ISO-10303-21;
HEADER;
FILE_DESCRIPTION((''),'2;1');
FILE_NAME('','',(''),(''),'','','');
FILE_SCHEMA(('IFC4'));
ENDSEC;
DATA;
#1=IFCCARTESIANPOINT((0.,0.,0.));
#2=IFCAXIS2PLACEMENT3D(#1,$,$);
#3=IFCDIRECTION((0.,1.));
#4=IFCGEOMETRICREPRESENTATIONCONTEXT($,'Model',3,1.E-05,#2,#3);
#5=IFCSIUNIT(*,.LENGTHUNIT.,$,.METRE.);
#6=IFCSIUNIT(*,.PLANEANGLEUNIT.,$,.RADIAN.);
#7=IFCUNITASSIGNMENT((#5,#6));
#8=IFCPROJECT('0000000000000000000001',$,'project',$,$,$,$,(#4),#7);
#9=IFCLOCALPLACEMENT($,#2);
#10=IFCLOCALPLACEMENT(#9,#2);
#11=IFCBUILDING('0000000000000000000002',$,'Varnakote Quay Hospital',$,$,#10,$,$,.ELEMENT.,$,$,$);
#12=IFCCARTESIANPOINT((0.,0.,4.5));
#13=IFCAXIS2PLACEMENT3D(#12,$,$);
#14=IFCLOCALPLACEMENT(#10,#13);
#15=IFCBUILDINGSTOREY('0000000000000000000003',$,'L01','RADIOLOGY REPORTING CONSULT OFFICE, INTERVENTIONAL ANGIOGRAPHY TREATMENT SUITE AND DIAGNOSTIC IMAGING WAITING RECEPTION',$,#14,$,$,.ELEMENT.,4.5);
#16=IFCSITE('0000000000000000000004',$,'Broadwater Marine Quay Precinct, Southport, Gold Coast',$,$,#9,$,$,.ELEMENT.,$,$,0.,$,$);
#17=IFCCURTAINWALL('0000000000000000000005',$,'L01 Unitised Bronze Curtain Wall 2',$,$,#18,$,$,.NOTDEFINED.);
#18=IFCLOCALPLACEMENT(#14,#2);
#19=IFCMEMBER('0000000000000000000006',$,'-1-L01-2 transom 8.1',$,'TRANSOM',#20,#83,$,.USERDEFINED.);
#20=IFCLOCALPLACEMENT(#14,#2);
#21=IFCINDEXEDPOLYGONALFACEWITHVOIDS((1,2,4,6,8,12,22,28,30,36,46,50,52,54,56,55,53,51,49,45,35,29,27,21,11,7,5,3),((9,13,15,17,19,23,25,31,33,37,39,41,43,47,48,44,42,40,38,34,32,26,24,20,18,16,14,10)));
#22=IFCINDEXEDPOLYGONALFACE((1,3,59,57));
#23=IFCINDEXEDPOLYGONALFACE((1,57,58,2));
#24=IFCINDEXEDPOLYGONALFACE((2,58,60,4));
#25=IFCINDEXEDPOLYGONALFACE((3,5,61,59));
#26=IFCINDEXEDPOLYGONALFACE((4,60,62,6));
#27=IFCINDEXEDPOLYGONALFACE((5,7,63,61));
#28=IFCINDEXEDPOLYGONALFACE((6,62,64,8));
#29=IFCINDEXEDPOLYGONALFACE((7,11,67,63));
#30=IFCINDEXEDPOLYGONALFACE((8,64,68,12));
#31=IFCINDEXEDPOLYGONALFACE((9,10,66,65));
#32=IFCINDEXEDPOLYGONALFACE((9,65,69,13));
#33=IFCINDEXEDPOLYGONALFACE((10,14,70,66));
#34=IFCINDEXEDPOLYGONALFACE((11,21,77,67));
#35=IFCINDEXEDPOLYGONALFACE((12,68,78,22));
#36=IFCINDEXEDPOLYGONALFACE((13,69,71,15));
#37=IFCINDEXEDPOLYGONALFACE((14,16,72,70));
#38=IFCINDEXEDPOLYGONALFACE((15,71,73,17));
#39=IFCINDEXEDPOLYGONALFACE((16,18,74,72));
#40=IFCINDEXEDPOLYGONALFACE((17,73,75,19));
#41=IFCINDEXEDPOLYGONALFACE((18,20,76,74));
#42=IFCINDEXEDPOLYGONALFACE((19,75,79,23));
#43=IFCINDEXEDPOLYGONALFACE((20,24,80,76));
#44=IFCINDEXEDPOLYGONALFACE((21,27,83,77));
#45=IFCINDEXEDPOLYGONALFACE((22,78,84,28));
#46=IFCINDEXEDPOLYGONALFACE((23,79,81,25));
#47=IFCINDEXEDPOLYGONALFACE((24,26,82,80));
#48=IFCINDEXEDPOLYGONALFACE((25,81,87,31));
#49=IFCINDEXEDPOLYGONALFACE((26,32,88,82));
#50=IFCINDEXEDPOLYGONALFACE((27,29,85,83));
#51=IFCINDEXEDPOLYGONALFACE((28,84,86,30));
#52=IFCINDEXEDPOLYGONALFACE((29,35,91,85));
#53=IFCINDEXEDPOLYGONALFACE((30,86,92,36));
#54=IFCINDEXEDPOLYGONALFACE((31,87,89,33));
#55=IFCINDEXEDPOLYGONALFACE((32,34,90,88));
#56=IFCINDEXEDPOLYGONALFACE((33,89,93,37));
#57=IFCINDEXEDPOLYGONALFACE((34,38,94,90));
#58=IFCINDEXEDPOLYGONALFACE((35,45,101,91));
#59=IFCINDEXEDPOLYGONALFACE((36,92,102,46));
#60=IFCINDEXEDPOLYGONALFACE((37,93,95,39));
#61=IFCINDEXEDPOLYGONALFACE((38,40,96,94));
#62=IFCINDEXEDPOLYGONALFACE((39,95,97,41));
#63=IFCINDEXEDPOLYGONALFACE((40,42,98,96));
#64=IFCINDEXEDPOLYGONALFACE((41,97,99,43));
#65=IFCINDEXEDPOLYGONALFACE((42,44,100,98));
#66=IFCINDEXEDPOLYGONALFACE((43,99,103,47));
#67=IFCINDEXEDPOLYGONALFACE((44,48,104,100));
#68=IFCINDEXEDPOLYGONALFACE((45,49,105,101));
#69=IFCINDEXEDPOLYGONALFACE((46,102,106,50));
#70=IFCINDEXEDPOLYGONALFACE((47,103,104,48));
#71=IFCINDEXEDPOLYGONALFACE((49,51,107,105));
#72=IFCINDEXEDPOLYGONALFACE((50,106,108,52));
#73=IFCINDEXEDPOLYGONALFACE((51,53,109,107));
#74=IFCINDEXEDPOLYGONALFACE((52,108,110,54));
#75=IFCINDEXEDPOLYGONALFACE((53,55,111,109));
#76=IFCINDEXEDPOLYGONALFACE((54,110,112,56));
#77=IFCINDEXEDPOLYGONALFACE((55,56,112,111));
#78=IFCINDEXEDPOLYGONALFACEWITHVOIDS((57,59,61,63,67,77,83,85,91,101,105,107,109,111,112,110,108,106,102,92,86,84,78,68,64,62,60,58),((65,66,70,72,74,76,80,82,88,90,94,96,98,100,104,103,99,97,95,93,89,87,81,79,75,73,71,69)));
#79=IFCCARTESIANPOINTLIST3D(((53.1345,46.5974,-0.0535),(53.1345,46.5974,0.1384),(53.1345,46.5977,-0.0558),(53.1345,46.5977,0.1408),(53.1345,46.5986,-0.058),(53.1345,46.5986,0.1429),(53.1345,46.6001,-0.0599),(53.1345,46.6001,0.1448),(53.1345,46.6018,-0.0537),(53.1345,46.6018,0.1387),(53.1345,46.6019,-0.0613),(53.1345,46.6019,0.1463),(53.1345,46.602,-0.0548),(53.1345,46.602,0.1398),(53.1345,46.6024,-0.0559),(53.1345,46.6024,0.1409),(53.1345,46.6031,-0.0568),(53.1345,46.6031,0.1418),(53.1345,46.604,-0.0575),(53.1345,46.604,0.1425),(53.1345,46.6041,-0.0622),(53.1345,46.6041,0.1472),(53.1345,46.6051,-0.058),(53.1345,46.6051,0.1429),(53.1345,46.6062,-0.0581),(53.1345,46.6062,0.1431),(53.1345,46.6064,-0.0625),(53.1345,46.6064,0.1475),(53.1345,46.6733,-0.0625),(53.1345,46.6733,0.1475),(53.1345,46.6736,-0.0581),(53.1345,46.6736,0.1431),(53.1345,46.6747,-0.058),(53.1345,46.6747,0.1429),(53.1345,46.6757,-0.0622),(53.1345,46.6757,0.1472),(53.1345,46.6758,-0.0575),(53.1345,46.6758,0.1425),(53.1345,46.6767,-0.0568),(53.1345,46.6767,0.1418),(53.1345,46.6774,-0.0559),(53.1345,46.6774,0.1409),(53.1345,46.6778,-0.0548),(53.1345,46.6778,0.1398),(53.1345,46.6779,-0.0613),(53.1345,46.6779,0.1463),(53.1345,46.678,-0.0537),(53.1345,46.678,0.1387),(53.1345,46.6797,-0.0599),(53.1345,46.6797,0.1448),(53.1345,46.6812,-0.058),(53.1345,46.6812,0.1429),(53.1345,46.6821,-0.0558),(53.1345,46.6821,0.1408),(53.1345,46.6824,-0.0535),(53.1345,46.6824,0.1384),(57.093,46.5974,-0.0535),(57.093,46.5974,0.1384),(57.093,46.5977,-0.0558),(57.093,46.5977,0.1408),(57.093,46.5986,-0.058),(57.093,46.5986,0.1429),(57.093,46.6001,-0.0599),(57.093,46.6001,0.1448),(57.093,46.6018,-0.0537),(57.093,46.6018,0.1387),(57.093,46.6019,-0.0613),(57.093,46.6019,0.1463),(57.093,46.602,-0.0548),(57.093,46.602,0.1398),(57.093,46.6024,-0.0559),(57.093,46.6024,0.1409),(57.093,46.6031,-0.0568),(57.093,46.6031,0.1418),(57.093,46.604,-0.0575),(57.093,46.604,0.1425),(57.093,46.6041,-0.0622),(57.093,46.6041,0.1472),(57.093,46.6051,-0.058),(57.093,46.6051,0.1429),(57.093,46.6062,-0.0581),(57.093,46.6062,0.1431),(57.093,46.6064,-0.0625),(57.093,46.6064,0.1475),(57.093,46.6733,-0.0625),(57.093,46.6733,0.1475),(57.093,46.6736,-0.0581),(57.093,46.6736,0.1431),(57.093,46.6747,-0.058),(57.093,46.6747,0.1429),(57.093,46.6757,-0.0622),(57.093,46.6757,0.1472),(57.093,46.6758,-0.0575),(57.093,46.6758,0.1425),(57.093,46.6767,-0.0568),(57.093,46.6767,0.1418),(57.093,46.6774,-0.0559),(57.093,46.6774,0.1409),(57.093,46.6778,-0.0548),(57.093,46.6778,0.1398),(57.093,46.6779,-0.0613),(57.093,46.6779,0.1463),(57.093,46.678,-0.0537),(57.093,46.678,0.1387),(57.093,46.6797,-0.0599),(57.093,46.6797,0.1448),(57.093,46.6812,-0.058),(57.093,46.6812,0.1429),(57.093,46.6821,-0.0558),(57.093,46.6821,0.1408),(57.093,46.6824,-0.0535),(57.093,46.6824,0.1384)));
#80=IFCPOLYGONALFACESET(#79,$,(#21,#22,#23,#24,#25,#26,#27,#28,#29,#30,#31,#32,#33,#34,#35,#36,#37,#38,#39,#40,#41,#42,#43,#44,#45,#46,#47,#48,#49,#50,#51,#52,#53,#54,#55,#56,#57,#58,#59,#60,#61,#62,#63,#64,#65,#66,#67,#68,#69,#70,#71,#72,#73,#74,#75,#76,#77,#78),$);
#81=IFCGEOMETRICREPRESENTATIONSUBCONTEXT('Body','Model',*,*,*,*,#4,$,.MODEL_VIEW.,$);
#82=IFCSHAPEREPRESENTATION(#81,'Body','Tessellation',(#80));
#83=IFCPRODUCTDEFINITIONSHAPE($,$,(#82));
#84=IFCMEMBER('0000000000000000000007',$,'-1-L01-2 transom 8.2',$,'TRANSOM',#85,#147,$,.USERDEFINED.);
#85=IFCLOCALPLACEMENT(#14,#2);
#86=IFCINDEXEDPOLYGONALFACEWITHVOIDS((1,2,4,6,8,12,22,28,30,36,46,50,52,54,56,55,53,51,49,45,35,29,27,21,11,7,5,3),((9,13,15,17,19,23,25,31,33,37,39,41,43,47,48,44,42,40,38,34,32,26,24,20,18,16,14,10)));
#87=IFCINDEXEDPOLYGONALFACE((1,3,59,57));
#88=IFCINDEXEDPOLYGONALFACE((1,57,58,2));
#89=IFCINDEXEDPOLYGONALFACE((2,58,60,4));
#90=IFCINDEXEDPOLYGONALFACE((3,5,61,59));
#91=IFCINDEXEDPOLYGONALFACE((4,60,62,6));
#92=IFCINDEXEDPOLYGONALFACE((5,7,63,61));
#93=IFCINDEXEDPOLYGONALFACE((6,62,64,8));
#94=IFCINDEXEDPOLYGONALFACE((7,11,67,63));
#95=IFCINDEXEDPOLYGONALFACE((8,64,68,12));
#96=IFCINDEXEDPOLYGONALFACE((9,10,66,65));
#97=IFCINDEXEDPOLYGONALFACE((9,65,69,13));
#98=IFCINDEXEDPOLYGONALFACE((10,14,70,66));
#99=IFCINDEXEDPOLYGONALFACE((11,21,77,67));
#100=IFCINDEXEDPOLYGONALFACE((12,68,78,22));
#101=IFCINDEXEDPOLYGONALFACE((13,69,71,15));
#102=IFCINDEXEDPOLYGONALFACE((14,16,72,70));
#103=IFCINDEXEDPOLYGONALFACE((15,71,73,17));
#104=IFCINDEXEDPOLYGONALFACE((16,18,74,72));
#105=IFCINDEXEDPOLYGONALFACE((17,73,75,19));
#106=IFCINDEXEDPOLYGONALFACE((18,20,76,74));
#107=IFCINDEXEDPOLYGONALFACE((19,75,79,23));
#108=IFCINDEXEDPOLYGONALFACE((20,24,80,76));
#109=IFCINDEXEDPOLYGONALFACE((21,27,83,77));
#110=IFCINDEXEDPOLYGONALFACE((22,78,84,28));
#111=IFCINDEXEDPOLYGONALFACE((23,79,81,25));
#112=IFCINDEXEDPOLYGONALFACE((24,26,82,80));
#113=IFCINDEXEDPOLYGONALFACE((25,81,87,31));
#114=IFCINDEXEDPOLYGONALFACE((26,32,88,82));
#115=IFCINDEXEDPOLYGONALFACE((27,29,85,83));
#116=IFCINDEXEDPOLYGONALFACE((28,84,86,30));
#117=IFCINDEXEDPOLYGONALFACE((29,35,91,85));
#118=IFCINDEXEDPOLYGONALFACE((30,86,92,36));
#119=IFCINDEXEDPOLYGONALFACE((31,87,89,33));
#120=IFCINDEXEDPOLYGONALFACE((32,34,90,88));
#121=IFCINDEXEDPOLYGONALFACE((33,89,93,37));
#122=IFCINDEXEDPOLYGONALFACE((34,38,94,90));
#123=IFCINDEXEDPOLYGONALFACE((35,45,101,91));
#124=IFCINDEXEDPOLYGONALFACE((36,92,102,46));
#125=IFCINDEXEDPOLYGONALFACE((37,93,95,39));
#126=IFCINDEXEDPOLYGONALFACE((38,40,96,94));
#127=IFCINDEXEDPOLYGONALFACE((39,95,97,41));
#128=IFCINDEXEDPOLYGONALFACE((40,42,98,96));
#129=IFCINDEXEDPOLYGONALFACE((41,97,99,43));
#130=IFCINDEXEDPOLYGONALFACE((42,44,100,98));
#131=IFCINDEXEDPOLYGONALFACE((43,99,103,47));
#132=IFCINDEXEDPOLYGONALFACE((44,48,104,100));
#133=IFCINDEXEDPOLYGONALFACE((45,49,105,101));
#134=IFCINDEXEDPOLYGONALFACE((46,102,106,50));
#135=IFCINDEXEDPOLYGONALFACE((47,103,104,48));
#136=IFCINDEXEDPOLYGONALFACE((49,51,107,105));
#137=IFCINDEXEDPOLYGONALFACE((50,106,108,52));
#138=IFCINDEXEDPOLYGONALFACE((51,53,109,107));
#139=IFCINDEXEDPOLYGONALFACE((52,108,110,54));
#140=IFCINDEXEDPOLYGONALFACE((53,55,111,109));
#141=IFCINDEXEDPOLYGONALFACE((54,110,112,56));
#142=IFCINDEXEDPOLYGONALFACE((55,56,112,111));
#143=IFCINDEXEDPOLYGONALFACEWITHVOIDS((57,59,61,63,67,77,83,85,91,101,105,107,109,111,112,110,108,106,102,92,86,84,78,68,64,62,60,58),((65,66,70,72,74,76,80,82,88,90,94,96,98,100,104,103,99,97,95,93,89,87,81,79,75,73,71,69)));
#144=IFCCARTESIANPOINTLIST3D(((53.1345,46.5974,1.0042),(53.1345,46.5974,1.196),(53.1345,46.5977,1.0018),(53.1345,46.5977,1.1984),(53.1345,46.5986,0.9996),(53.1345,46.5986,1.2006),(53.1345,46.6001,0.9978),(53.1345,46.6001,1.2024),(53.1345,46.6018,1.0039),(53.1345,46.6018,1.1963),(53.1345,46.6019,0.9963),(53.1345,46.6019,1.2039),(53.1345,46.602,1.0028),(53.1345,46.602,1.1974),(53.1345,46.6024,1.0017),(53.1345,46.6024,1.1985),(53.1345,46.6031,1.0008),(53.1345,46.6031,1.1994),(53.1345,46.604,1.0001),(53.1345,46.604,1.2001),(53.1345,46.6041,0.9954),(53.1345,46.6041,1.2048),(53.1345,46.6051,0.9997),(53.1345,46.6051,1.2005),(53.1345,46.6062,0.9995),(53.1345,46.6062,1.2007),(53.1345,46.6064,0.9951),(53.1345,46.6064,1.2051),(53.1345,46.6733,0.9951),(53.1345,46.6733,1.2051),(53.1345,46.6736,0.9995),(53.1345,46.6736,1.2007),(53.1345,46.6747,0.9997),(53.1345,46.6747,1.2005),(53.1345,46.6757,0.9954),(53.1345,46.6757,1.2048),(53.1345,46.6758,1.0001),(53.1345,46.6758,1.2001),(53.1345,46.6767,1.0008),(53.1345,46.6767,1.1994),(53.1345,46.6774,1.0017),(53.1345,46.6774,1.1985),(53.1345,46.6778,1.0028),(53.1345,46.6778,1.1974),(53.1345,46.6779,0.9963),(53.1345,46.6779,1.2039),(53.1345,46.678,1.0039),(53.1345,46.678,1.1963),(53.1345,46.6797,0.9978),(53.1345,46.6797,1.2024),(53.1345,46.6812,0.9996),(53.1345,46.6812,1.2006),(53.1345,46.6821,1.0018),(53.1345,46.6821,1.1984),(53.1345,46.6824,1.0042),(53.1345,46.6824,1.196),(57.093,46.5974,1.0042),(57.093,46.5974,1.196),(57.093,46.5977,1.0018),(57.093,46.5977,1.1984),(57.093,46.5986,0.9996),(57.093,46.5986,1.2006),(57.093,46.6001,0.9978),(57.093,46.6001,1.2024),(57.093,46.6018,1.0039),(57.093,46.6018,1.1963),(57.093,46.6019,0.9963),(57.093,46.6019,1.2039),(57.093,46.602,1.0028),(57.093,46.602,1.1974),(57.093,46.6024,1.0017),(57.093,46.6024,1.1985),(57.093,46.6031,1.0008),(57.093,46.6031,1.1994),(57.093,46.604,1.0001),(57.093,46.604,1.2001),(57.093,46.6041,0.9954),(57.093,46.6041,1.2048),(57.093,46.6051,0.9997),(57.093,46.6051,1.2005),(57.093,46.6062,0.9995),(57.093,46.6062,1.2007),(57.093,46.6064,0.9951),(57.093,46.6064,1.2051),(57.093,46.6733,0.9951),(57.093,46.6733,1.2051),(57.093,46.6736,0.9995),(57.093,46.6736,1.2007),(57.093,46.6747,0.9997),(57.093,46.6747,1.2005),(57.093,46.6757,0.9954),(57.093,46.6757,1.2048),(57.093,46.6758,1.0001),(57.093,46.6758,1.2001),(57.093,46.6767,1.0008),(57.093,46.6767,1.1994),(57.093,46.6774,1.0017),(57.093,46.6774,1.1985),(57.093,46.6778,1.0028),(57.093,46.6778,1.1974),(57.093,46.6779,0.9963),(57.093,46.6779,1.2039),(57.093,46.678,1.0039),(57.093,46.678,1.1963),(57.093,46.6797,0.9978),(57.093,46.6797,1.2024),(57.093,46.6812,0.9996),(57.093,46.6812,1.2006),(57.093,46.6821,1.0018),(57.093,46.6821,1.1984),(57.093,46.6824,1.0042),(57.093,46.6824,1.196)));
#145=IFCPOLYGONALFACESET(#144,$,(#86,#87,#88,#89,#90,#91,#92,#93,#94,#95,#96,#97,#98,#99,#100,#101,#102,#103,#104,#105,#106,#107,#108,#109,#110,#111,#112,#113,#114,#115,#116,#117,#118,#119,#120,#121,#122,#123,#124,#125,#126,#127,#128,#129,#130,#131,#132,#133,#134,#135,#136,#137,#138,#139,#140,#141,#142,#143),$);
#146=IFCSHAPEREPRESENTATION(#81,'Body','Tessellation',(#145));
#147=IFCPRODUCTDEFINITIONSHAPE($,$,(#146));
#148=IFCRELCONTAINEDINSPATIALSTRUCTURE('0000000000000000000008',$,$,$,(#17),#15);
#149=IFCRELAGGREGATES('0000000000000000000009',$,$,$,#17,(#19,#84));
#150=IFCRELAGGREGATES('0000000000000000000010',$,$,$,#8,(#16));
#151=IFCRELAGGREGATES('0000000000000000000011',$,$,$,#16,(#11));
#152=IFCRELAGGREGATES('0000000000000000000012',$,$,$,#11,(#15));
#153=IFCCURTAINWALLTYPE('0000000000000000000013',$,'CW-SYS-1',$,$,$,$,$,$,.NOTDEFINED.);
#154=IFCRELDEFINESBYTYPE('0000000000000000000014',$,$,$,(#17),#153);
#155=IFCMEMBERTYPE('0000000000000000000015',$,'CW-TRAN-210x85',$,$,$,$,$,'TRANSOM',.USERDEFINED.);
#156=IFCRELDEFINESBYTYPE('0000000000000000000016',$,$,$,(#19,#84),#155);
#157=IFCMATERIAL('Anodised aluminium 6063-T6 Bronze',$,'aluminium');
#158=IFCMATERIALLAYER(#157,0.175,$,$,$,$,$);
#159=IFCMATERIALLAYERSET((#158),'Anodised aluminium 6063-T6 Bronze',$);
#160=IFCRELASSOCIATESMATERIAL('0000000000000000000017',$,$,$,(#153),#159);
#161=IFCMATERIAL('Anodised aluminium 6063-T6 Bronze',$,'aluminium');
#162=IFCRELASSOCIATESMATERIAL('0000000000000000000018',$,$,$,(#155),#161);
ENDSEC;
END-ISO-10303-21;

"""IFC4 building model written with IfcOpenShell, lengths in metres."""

from ifc_helpers import new_model, si_unit, direction, frame, origin, origin_2d, place, context, subcontext, project, spatial, hollow_rectangle, extrude, material, layer, layer_set, material_profile, profile_set, type_object, element, aggregate, save


model = new_model("IFC4")

# Units and contexts
model_context = context("Model", 3, precision=1e-05, world=origin(), true_north=direction((0.0, 1.0)))
body_context = subcontext(model_context, "Body", "Model", "MODEL_VIEW")
ifc_project = project(units=[si_unit("LENGTHUNIT", "METRE"), si_unit("PLANEANGLEUNIT", "RADIAN")], contexts=[model_context])

# Site, building, storey
site_placement = place(None, origin())
site = spatial("IfcSite", under=ifc_project, at=site_placement, Name="Broadwater Marine Quay Precinct, Southport, Gold Coast", CompositionType="ELEMENT", RefElevation=0.0)
building_placement = place(site_placement, origin())
building = spatial("IfcBuilding", under=site, at=building_placement, Name="Varnakote Quay Hospital", CompositionType="ELEMENT")
storey_placement = place(building_placement, frame((0.0, 0.0, 4.5)))
storey = spatial("IfcBuildingStorey", under=building, at=storey_placement, Name="L01", Description="RADIOLOGY REPORTING CONSULT OFFICE, INTERVENTIONAL ANGIOGRAPHY TREATMENT SUITE AND DIAGNOSTIC IMAGING WAITING RECEPTION", CompositionType="ELEMENT", Elevation=4.5)

# Curtain wall, members
ifc_material_1 = material(Name="Anodised aluminium 6063-T6 Bronze", Category="aluminium")
ifc_layer_1 = layer(ifc_material_1, 0.175)
ifc_layer_set_1 = layer_set([ifc_layer_1], Name="Anodised aluminium 6063-T6 Bronze")
curtain_wall_type = type_object("IfcCurtainWallType", Name="CW-SYS-1", PredefinedType="NOTDEFINED", material=ifc_layer_set_1)
curtain_wall_placement = place(storey_placement, origin())
curtain_wall = element("IfcCurtainWall", 1, at=curtain_wall_placement, inside=storey, type_object=curtain_wall_type, Name="L01 Unitised Bronze Curtain Wall 2", PredefinedType="NOTDEFINED")
ifc_material_2 = material(Name="Anodised aluminium 6063-T6 Bronze", Category="aluminium")
ifc_material_profile_1 = material_profile(ifc_material_2, hollow_rectangle(XDim=0.085, YDim=0.21, WallThickness=0.0044, InnerFilletRadius=0.0044, OuterFilletRadius=0.009, at=origin_2d()), Name="CW-TRAN-210x85")
ifc_profile_set_1 = profile_set([ifc_material_profile_1], Name="Anodised aluminium 6063-T6 Bronze")
member_type_1 = type_object("IfcMemberType", Name="CW-TRAN-210x85", ElementType="TRANSOM", PredefinedType="USERDEFINED", material=ifc_profile_set_1)
member_1_placement = place(storey_placement, frame((57.093, 46.6399, 0.0425), z_axis=(-1.0, 0.0, 0.0), x_axis=(0.0, -1.0, 0.0)))
member_1 = element("IfcMember", 2, at=member_1_placement, type_object=member_type_1, Name="-1-L01-2 transom 8.1", ObjectType="TRANSOM", PredefinedType="USERDEFINED", context=body_context, shape_type="SweptSolid", body=[
    extrude(hollow_rectangle(XDim=0.085, YDim=0.21, WallThickness=0.0044, InnerFilletRadius=0.0044, OuterFilletRadius=0.009, at=origin_2d()), origin(), (0.0, 0.0, 1.0), 3.9585),
])
member_2_placement = place(storey_placement, frame((57.093, 46.6399, 1.1001), z_axis=(-1.0, 0.0, 0.0), x_axis=(0.0, -1.0, 0.0)))
member_2 = element("IfcMember", 3, at=member_2_placement, type_object=member_type_1, Name="-1-L01-2 transom 8.2", ObjectType="TRANSOM", PredefinedType="USERDEFINED", context=body_context, shape_type="SweptSolid", body=[
    extrude(hollow_rectangle(XDim=0.085, YDim=0.21, WallThickness=0.0044, InnerFilletRadius=0.0044, OuterFilletRadius=0.009, at=origin_2d()), origin(), (0.0, 0.0, 1.0), 3.9585),
])

aggregate(curtain_wall, [member_1, member_2])

save(model, "model.ifc")
